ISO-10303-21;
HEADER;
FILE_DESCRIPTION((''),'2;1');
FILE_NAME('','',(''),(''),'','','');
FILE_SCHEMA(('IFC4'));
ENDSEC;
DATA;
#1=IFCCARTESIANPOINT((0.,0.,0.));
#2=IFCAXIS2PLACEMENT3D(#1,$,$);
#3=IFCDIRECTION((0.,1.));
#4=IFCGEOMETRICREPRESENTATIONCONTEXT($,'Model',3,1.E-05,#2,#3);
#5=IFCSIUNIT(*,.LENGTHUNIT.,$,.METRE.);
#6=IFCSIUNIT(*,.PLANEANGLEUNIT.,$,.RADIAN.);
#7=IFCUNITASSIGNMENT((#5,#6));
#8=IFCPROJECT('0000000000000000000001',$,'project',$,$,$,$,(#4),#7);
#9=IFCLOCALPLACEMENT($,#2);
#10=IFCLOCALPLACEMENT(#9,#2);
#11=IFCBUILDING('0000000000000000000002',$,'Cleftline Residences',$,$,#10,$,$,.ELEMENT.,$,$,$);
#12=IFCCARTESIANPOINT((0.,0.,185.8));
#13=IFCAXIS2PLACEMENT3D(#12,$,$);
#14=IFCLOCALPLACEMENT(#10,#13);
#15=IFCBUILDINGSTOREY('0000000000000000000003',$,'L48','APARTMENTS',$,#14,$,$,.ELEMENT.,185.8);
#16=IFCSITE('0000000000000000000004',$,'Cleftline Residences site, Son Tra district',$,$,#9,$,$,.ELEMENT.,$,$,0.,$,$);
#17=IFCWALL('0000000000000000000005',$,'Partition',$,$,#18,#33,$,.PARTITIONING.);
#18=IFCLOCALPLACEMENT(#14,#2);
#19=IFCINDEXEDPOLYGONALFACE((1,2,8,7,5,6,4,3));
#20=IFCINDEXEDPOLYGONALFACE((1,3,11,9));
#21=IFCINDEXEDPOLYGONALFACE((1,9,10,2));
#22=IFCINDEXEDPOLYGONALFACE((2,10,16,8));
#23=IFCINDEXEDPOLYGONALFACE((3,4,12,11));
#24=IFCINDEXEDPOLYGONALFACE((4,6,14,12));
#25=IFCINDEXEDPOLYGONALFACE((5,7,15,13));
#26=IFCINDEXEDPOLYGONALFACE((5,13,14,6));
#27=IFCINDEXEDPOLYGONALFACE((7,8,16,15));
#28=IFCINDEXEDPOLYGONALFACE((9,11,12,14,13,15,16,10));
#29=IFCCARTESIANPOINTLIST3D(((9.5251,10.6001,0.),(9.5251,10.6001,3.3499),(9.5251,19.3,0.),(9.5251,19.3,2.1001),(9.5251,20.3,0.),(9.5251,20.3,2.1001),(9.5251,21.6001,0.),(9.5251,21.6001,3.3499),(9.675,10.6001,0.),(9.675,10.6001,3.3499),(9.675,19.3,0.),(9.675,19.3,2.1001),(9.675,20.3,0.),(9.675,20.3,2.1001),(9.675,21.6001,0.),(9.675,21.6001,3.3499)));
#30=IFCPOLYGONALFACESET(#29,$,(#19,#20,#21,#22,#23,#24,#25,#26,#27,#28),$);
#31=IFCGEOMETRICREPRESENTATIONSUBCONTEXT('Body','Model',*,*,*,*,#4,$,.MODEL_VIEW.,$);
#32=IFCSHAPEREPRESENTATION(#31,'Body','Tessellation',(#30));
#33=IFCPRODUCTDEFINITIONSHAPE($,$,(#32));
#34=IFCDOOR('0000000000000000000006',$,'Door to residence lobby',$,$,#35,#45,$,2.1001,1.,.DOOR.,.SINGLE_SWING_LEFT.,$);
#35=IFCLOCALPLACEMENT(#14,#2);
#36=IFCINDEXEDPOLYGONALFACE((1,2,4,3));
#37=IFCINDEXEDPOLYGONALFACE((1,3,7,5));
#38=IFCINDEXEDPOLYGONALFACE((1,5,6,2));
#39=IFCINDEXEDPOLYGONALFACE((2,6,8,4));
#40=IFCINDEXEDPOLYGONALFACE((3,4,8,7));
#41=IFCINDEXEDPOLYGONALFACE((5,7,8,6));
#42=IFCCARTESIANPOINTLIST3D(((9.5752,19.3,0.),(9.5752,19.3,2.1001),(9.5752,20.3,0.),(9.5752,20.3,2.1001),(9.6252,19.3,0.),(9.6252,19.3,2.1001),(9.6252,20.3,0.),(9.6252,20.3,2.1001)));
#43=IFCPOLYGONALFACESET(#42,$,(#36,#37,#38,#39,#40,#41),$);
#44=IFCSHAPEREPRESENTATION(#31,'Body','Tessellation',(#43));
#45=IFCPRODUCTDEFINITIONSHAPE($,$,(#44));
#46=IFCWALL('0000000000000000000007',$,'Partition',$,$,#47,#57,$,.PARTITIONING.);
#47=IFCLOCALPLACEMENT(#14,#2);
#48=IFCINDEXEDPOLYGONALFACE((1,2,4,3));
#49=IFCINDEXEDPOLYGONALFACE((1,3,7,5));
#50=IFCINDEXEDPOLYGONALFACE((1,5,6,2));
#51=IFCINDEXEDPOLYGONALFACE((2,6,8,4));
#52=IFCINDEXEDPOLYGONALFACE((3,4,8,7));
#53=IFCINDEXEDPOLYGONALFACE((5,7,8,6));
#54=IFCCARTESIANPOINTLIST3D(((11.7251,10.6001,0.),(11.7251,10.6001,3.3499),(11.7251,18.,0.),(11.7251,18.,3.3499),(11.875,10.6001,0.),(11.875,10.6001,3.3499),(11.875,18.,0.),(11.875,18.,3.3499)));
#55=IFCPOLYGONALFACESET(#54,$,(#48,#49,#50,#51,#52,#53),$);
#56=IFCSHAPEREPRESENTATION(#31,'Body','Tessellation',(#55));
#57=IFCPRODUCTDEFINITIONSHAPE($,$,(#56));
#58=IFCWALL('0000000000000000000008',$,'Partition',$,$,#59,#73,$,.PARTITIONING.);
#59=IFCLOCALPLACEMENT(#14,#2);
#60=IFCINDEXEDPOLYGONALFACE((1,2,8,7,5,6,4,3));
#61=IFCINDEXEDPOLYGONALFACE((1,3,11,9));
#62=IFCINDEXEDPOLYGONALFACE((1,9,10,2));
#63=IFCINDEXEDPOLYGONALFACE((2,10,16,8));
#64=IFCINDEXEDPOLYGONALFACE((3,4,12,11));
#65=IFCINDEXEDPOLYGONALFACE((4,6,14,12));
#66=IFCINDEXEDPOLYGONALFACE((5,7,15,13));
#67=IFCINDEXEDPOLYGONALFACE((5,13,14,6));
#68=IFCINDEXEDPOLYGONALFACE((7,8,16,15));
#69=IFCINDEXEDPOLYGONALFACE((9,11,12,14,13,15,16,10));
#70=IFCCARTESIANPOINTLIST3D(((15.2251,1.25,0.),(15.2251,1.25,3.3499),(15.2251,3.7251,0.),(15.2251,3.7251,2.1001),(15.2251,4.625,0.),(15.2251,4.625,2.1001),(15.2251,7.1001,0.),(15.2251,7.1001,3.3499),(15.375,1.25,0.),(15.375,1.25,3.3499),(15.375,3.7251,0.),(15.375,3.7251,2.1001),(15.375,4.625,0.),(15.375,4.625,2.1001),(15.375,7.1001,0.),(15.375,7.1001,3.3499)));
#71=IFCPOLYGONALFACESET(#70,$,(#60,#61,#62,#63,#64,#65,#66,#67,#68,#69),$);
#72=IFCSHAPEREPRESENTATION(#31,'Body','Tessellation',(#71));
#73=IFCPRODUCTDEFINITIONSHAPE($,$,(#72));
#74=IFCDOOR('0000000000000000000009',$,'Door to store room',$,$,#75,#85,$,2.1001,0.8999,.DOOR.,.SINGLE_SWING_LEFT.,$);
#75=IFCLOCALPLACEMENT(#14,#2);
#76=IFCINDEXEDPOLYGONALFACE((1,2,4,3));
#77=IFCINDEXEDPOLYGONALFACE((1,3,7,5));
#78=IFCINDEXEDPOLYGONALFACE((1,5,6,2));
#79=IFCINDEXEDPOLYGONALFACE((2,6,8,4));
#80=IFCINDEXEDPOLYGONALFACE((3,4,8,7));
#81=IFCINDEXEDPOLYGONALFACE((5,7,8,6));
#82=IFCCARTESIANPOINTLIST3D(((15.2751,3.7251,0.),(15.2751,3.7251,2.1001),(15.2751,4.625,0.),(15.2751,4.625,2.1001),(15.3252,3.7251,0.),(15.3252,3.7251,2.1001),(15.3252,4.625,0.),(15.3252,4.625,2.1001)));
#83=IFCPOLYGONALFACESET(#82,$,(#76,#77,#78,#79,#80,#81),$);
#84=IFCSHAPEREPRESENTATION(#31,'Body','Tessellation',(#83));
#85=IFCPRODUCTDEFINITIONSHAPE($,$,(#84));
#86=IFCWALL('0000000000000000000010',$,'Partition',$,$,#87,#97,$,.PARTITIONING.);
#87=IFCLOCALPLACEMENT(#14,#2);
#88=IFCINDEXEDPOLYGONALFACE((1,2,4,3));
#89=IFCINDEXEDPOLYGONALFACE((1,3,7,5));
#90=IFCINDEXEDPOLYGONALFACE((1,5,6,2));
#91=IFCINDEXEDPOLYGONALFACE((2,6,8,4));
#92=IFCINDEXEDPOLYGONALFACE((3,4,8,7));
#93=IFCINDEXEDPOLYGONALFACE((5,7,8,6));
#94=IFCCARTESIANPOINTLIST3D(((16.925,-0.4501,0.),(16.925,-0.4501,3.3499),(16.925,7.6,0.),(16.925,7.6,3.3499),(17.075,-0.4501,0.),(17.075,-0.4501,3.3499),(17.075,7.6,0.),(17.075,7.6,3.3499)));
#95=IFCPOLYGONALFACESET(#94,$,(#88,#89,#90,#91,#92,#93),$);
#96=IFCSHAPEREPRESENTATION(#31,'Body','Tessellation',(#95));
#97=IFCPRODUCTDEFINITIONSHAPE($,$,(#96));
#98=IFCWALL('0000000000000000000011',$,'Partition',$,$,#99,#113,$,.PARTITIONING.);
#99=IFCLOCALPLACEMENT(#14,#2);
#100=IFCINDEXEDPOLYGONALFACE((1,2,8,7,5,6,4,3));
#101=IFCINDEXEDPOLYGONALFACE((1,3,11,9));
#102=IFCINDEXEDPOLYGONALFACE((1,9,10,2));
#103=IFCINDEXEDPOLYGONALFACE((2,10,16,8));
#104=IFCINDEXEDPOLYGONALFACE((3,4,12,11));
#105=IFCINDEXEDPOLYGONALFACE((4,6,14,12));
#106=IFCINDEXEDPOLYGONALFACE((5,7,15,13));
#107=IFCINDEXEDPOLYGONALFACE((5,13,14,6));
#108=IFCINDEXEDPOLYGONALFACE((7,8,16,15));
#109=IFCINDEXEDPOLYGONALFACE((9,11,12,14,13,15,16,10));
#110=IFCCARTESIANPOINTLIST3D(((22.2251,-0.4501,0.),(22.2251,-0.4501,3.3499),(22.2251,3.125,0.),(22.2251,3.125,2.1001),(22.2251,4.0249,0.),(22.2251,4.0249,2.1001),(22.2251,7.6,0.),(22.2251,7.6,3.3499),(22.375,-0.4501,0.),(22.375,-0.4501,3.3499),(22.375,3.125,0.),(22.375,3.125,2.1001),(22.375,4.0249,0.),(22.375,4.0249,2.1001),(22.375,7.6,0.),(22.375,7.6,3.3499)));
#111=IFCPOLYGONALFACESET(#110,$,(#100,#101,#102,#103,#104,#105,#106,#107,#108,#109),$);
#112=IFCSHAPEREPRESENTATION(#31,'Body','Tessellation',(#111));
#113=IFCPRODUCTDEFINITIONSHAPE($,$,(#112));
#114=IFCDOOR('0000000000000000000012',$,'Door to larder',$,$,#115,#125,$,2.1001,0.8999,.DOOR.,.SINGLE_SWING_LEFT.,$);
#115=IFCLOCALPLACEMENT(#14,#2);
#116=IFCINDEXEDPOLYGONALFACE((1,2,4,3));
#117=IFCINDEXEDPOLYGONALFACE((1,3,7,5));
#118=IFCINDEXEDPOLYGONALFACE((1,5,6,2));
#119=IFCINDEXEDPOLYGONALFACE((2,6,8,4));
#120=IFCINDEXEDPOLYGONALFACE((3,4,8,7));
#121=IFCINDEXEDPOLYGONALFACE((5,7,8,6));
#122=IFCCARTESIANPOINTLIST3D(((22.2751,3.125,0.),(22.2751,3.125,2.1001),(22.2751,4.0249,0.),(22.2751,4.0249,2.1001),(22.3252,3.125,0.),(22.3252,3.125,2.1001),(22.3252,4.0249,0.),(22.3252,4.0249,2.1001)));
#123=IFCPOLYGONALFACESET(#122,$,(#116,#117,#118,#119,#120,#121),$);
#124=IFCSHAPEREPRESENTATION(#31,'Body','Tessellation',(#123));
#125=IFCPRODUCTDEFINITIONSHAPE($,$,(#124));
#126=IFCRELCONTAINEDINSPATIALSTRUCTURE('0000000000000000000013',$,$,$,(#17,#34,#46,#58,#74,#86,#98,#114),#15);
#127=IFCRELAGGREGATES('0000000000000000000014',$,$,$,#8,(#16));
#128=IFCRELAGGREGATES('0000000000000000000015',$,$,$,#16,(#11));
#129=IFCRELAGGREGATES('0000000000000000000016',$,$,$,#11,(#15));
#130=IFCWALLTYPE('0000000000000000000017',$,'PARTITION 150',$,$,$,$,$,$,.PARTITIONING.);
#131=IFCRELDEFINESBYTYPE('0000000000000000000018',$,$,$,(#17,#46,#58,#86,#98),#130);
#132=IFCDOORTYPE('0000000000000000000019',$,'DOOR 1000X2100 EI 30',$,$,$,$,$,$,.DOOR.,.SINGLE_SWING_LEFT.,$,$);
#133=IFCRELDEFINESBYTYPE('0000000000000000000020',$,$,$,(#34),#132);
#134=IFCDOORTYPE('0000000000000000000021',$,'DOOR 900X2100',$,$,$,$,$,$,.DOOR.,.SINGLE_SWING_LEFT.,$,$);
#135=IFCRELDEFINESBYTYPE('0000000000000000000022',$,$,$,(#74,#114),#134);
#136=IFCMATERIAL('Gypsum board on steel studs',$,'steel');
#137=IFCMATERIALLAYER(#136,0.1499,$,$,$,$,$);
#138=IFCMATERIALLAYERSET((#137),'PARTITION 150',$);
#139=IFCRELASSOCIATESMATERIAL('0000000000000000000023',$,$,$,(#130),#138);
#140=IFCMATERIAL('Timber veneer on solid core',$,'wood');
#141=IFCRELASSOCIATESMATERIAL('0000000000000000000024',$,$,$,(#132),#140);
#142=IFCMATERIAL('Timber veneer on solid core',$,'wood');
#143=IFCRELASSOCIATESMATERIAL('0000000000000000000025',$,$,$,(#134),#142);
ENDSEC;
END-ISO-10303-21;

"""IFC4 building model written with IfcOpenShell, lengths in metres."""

from ifc_helpers import new_model, si_unit, direction, frame, frame_2d, origin, place, context, subcontext, project, spatial, rectangle, extrude, material, layer, layer_set, type_object, element, fill, save


model = new_model("IFC4")

# Units and contexts
model_context = context("Model", 3, precision=1e-05, world=origin(), true_north=direction((0.0, 1.0)))
body_context = subcontext(model_context, "Body", "Model", "MODEL_VIEW")
ifc_project = project(units=[si_unit("LENGTHUNIT", "METRE"), si_unit("PLANEANGLEUNIT", "RADIAN")], contexts=[model_context])

# Site, building, storey
site_placement = place(None, origin())
site = spatial("IfcSite", under=ifc_project, at=site_placement, Name="Cleftline Residences site, Son Tra district", CompositionType="ELEMENT", RefElevation=0.0)
building_placement = place(site_placement, origin())
building = spatial("IfcBuilding", under=site, at=building_placement, Name="Cleftline Residences", CompositionType="ELEMENT")
storey_placement = place(building_placement, frame((0.0, 0.0, 185.8)))
storey = spatial("IfcBuildingStorey", under=building, at=storey_placement, Name="L48", Description="APARTMENTS", CompositionType="ELEMENT", Elevation=185.8)

# Wall, opening, door
ifc_material_1 = material(Name="Gypsum board on steel studs", Category="steel")
ifc_layer_1 = layer(ifc_material_1, 0.1499)
ifc_layer_set_1 = layer_set([ifc_layer_1], Name="PARTITION 150")
wall_type = type_object("IfcWallType", Name="PARTITION 150", PredefinedType="PARTITIONING", material=ifc_layer_set_1)
wall_1_placement = place(storey_placement, frame((9.6001, 10.6001, 0.0), z_axis=(0.0, 0.0, 1.0), x_axis=(0.0, 1.0, 0.0)))
wall_1 = element("IfcWall", 1, at=wall_1_placement, inside=storey, type_object=wall_type, Name="Partition", PredefinedType="PARTITIONING", context=body_context, shape_type="SweptSolid", body=[
    extrude(rectangle(XDim=11.0, YDim=0.1499, at=frame_2d((5.5, 0.0))), origin(), (0.0, 0.0, 1.0), 3.3499),
])
opening_1_placement = place(wall_1_placement, frame((8.7, 0.0, 0.0)))
opening_1 = element("IfcOpeningElement", 2, at=opening_1_placement, cuts=wall_1, PredefinedType="OPENING", context=body_context, shape_type="SweptSolid", body=[
    extrude(rectangle(XDim=1.0, YDim=2.1001, at=frame_2d((0.5, 1.05))), frame((0.0, 0.085, 0.0), z_axis=(0.0, -1.0, 0.0), x_axis=(1.0, 0.0, 0.0)), (0.0, 0.0, 1.0), 0.1699),
])
ifc_material_2 = material(Name="Timber veneer on solid core", Category="wood")
door_type_1 = type_object("IfcDoorType", Name="DOOR 1000X2100 EI 30", OperationType="SINGLE_SWING_LEFT", PredefinedType="DOOR", material=ifc_material_2)
door_1_placement = place(opening_1_placement, origin())
door_1 = element("IfcDoor", 3, at=door_1_placement, inside=storey, type_object=door_type_1, Name="Door to residence lobby", OperationType="SINGLE_SWING_LEFT", OverallHeight=2.1001, OverallWidth=1.0, PredefinedType="DOOR", context=body_context, shape_type="SweptSolid", body=[
    extrude(rectangle(XDim=1.0, YDim=2.1001, at=frame_2d((0.5, 1.05))), frame((0.0, 0.0249, 0.0), z_axis=(0.0, -1.0, 0.0), x_axis=(1.0, 0.0, 0.0)), (0.0, 0.0, 1.0), 0.05),
])
fill(opening_1, door_1)

# Wall
wall_2_placement = place(storey_placement, frame((11.8, 10.6001, 0.0), z_axis=(0.0, 0.0, 1.0), x_axis=(0.0, 1.0, 0.0)))
element("IfcWall", 4, at=wall_2_placement, inside=storey, type_object=wall_type, Name="Partition", PredefinedType="PARTITIONING", context=body_context, shape_type="SweptSolid", body=[
    extrude(rectangle(XDim=7.3999, YDim=0.1499, at=frame_2d((3.7, 0.0))), origin(), (0.0, 0.0, 1.0), 3.3499),
])

# Wall, opening, door
wall_3_placement = place(storey_placement, frame((15.3, 1.25, 0.0), z_axis=(0.0, 0.0, 1.0), x_axis=(0.0, 1.0, 0.0)))
wall_3 = element("IfcWall", 5, at=wall_3_placement, inside=storey, type_object=wall_type, Name="Partition", PredefinedType="PARTITIONING", context=body_context, shape_type="SweptSolid", body=[
    extrude(rectangle(XDim=5.8501, YDim=0.1499, at=frame_2d((2.925, 0.0))), origin(), (0.0, 0.0, 1.0), 3.3499),
])
opening_2_placement = place(wall_3_placement, frame((2.4751, 0.0, 0.0)))
opening_2 = element("IfcOpeningElement", 6, at=opening_2_placement, cuts=wall_3, PredefinedType="OPENING", context=body_context, shape_type="SweptSolid", body=[
    extrude(rectangle(XDim=0.8999, YDim=2.1001, at=frame_2d((0.45, 1.05))), frame((0.0, 0.085, 0.0), z_axis=(0.0, -1.0, 0.0), x_axis=(1.0, 0.0, 0.0)), (0.0, 0.0, 1.0), 0.1699),
])
ifc_material_3 = material(Name="Timber veneer on solid core", Category="wood")
door_type_2 = type_object("IfcDoorType", Name="DOOR 900X2100", OperationType="SINGLE_SWING_LEFT", PredefinedType="DOOR", material=ifc_material_3)
door_2_placement = place(opening_2_placement, origin())
door_2 = element("IfcDoor", 7, at=door_2_placement, inside=storey, type_object=door_type_2, Name="Door to store room", OperationType="SINGLE_SWING_LEFT", OverallHeight=2.1001, OverallWidth=0.8999, PredefinedType="DOOR", context=body_context, shape_type="SweptSolid", body=[
    extrude(rectangle(XDim=0.8999, YDim=2.1001, at=frame_2d((0.45, 1.05))), frame((0.0, 0.0249, 0.0), z_axis=(0.0, -1.0, 0.0), x_axis=(1.0, 0.0, 0.0)), (0.0, 0.0, 1.0), 0.05),
])
fill(opening_2, door_2)

# Wall
wall_4_placement = place(storey_placement, frame((17.0, -0.45, 0.0), z_axis=(0.0, 0.0, 1.0), x_axis=(0.0, 1.0, 0.0)))
element("IfcWall", 8, at=wall_4_placement, inside=storey, type_object=wall_type, Name="Partition", PredefinedType="PARTITIONING", context=body_context, shape_type="SweptSolid", body=[
    extrude(rectangle(XDim=8.05, YDim=0.1499, at=frame_2d((4.0249, 0.0))), origin(), (0.0, 0.0, 1.0), 3.3499),
])

# Wall, opening, door
wall_5_placement = place(storey_placement, frame((22.3, -0.45, 0.0), z_axis=(0.0, 0.0, 1.0), x_axis=(0.0, 1.0, 0.0)))
wall_5 = element("IfcWall", 9, at=wall_5_placement, inside=storey, type_object=wall_type, Name="Partition", PredefinedType="PARTITIONING", context=body_context, shape_type="SweptSolid", body=[
    extrude(rectangle(XDim=8.05, YDim=0.1499, at=frame_2d((4.0249, 0.0))), origin(), (0.0, 0.0, 1.0), 3.3499),
])
opening_3_placement = place(wall_5_placement, frame((3.575, 0.0, 0.0)))
opening_3 = element("IfcOpeningElement", 10, at=opening_3_placement, cuts=wall_5, PredefinedType="OPENING", context=body_context, shape_type="SweptSolid", body=[
    extrude(rectangle(XDim=0.8999, YDim=2.1001, at=frame_2d((0.45, 1.05))), frame((0.0, 0.085, 0.0), z_axis=(0.0, -1.0, 0.0), x_axis=(1.0, 0.0, 0.0)), (0.0, 0.0, 1.0), 0.1699),
])
door_3_placement = place(opening_3_placement, origin())
door_3 = element("IfcDoor", 11, at=door_3_placement, inside=storey, type_object=door_type_2, Name="Door to larder", OperationType="SINGLE_SWING_LEFT", OverallHeight=2.1001, OverallWidth=0.8999, PredefinedType="DOOR", context=body_context, shape_type="SweptSolid", body=[
    extrude(rectangle(XDim=0.8999, YDim=2.1001, at=frame_2d((0.45, 1.05))), frame((0.0, 0.0249, 0.0), z_axis=(0.0, -1.0, 0.0), x_axis=(1.0, 0.0, 0.0)), (0.0, 0.0, 1.0), 0.05),
])
fill(opening_3, door_3)

save(model, "model.ifc")
